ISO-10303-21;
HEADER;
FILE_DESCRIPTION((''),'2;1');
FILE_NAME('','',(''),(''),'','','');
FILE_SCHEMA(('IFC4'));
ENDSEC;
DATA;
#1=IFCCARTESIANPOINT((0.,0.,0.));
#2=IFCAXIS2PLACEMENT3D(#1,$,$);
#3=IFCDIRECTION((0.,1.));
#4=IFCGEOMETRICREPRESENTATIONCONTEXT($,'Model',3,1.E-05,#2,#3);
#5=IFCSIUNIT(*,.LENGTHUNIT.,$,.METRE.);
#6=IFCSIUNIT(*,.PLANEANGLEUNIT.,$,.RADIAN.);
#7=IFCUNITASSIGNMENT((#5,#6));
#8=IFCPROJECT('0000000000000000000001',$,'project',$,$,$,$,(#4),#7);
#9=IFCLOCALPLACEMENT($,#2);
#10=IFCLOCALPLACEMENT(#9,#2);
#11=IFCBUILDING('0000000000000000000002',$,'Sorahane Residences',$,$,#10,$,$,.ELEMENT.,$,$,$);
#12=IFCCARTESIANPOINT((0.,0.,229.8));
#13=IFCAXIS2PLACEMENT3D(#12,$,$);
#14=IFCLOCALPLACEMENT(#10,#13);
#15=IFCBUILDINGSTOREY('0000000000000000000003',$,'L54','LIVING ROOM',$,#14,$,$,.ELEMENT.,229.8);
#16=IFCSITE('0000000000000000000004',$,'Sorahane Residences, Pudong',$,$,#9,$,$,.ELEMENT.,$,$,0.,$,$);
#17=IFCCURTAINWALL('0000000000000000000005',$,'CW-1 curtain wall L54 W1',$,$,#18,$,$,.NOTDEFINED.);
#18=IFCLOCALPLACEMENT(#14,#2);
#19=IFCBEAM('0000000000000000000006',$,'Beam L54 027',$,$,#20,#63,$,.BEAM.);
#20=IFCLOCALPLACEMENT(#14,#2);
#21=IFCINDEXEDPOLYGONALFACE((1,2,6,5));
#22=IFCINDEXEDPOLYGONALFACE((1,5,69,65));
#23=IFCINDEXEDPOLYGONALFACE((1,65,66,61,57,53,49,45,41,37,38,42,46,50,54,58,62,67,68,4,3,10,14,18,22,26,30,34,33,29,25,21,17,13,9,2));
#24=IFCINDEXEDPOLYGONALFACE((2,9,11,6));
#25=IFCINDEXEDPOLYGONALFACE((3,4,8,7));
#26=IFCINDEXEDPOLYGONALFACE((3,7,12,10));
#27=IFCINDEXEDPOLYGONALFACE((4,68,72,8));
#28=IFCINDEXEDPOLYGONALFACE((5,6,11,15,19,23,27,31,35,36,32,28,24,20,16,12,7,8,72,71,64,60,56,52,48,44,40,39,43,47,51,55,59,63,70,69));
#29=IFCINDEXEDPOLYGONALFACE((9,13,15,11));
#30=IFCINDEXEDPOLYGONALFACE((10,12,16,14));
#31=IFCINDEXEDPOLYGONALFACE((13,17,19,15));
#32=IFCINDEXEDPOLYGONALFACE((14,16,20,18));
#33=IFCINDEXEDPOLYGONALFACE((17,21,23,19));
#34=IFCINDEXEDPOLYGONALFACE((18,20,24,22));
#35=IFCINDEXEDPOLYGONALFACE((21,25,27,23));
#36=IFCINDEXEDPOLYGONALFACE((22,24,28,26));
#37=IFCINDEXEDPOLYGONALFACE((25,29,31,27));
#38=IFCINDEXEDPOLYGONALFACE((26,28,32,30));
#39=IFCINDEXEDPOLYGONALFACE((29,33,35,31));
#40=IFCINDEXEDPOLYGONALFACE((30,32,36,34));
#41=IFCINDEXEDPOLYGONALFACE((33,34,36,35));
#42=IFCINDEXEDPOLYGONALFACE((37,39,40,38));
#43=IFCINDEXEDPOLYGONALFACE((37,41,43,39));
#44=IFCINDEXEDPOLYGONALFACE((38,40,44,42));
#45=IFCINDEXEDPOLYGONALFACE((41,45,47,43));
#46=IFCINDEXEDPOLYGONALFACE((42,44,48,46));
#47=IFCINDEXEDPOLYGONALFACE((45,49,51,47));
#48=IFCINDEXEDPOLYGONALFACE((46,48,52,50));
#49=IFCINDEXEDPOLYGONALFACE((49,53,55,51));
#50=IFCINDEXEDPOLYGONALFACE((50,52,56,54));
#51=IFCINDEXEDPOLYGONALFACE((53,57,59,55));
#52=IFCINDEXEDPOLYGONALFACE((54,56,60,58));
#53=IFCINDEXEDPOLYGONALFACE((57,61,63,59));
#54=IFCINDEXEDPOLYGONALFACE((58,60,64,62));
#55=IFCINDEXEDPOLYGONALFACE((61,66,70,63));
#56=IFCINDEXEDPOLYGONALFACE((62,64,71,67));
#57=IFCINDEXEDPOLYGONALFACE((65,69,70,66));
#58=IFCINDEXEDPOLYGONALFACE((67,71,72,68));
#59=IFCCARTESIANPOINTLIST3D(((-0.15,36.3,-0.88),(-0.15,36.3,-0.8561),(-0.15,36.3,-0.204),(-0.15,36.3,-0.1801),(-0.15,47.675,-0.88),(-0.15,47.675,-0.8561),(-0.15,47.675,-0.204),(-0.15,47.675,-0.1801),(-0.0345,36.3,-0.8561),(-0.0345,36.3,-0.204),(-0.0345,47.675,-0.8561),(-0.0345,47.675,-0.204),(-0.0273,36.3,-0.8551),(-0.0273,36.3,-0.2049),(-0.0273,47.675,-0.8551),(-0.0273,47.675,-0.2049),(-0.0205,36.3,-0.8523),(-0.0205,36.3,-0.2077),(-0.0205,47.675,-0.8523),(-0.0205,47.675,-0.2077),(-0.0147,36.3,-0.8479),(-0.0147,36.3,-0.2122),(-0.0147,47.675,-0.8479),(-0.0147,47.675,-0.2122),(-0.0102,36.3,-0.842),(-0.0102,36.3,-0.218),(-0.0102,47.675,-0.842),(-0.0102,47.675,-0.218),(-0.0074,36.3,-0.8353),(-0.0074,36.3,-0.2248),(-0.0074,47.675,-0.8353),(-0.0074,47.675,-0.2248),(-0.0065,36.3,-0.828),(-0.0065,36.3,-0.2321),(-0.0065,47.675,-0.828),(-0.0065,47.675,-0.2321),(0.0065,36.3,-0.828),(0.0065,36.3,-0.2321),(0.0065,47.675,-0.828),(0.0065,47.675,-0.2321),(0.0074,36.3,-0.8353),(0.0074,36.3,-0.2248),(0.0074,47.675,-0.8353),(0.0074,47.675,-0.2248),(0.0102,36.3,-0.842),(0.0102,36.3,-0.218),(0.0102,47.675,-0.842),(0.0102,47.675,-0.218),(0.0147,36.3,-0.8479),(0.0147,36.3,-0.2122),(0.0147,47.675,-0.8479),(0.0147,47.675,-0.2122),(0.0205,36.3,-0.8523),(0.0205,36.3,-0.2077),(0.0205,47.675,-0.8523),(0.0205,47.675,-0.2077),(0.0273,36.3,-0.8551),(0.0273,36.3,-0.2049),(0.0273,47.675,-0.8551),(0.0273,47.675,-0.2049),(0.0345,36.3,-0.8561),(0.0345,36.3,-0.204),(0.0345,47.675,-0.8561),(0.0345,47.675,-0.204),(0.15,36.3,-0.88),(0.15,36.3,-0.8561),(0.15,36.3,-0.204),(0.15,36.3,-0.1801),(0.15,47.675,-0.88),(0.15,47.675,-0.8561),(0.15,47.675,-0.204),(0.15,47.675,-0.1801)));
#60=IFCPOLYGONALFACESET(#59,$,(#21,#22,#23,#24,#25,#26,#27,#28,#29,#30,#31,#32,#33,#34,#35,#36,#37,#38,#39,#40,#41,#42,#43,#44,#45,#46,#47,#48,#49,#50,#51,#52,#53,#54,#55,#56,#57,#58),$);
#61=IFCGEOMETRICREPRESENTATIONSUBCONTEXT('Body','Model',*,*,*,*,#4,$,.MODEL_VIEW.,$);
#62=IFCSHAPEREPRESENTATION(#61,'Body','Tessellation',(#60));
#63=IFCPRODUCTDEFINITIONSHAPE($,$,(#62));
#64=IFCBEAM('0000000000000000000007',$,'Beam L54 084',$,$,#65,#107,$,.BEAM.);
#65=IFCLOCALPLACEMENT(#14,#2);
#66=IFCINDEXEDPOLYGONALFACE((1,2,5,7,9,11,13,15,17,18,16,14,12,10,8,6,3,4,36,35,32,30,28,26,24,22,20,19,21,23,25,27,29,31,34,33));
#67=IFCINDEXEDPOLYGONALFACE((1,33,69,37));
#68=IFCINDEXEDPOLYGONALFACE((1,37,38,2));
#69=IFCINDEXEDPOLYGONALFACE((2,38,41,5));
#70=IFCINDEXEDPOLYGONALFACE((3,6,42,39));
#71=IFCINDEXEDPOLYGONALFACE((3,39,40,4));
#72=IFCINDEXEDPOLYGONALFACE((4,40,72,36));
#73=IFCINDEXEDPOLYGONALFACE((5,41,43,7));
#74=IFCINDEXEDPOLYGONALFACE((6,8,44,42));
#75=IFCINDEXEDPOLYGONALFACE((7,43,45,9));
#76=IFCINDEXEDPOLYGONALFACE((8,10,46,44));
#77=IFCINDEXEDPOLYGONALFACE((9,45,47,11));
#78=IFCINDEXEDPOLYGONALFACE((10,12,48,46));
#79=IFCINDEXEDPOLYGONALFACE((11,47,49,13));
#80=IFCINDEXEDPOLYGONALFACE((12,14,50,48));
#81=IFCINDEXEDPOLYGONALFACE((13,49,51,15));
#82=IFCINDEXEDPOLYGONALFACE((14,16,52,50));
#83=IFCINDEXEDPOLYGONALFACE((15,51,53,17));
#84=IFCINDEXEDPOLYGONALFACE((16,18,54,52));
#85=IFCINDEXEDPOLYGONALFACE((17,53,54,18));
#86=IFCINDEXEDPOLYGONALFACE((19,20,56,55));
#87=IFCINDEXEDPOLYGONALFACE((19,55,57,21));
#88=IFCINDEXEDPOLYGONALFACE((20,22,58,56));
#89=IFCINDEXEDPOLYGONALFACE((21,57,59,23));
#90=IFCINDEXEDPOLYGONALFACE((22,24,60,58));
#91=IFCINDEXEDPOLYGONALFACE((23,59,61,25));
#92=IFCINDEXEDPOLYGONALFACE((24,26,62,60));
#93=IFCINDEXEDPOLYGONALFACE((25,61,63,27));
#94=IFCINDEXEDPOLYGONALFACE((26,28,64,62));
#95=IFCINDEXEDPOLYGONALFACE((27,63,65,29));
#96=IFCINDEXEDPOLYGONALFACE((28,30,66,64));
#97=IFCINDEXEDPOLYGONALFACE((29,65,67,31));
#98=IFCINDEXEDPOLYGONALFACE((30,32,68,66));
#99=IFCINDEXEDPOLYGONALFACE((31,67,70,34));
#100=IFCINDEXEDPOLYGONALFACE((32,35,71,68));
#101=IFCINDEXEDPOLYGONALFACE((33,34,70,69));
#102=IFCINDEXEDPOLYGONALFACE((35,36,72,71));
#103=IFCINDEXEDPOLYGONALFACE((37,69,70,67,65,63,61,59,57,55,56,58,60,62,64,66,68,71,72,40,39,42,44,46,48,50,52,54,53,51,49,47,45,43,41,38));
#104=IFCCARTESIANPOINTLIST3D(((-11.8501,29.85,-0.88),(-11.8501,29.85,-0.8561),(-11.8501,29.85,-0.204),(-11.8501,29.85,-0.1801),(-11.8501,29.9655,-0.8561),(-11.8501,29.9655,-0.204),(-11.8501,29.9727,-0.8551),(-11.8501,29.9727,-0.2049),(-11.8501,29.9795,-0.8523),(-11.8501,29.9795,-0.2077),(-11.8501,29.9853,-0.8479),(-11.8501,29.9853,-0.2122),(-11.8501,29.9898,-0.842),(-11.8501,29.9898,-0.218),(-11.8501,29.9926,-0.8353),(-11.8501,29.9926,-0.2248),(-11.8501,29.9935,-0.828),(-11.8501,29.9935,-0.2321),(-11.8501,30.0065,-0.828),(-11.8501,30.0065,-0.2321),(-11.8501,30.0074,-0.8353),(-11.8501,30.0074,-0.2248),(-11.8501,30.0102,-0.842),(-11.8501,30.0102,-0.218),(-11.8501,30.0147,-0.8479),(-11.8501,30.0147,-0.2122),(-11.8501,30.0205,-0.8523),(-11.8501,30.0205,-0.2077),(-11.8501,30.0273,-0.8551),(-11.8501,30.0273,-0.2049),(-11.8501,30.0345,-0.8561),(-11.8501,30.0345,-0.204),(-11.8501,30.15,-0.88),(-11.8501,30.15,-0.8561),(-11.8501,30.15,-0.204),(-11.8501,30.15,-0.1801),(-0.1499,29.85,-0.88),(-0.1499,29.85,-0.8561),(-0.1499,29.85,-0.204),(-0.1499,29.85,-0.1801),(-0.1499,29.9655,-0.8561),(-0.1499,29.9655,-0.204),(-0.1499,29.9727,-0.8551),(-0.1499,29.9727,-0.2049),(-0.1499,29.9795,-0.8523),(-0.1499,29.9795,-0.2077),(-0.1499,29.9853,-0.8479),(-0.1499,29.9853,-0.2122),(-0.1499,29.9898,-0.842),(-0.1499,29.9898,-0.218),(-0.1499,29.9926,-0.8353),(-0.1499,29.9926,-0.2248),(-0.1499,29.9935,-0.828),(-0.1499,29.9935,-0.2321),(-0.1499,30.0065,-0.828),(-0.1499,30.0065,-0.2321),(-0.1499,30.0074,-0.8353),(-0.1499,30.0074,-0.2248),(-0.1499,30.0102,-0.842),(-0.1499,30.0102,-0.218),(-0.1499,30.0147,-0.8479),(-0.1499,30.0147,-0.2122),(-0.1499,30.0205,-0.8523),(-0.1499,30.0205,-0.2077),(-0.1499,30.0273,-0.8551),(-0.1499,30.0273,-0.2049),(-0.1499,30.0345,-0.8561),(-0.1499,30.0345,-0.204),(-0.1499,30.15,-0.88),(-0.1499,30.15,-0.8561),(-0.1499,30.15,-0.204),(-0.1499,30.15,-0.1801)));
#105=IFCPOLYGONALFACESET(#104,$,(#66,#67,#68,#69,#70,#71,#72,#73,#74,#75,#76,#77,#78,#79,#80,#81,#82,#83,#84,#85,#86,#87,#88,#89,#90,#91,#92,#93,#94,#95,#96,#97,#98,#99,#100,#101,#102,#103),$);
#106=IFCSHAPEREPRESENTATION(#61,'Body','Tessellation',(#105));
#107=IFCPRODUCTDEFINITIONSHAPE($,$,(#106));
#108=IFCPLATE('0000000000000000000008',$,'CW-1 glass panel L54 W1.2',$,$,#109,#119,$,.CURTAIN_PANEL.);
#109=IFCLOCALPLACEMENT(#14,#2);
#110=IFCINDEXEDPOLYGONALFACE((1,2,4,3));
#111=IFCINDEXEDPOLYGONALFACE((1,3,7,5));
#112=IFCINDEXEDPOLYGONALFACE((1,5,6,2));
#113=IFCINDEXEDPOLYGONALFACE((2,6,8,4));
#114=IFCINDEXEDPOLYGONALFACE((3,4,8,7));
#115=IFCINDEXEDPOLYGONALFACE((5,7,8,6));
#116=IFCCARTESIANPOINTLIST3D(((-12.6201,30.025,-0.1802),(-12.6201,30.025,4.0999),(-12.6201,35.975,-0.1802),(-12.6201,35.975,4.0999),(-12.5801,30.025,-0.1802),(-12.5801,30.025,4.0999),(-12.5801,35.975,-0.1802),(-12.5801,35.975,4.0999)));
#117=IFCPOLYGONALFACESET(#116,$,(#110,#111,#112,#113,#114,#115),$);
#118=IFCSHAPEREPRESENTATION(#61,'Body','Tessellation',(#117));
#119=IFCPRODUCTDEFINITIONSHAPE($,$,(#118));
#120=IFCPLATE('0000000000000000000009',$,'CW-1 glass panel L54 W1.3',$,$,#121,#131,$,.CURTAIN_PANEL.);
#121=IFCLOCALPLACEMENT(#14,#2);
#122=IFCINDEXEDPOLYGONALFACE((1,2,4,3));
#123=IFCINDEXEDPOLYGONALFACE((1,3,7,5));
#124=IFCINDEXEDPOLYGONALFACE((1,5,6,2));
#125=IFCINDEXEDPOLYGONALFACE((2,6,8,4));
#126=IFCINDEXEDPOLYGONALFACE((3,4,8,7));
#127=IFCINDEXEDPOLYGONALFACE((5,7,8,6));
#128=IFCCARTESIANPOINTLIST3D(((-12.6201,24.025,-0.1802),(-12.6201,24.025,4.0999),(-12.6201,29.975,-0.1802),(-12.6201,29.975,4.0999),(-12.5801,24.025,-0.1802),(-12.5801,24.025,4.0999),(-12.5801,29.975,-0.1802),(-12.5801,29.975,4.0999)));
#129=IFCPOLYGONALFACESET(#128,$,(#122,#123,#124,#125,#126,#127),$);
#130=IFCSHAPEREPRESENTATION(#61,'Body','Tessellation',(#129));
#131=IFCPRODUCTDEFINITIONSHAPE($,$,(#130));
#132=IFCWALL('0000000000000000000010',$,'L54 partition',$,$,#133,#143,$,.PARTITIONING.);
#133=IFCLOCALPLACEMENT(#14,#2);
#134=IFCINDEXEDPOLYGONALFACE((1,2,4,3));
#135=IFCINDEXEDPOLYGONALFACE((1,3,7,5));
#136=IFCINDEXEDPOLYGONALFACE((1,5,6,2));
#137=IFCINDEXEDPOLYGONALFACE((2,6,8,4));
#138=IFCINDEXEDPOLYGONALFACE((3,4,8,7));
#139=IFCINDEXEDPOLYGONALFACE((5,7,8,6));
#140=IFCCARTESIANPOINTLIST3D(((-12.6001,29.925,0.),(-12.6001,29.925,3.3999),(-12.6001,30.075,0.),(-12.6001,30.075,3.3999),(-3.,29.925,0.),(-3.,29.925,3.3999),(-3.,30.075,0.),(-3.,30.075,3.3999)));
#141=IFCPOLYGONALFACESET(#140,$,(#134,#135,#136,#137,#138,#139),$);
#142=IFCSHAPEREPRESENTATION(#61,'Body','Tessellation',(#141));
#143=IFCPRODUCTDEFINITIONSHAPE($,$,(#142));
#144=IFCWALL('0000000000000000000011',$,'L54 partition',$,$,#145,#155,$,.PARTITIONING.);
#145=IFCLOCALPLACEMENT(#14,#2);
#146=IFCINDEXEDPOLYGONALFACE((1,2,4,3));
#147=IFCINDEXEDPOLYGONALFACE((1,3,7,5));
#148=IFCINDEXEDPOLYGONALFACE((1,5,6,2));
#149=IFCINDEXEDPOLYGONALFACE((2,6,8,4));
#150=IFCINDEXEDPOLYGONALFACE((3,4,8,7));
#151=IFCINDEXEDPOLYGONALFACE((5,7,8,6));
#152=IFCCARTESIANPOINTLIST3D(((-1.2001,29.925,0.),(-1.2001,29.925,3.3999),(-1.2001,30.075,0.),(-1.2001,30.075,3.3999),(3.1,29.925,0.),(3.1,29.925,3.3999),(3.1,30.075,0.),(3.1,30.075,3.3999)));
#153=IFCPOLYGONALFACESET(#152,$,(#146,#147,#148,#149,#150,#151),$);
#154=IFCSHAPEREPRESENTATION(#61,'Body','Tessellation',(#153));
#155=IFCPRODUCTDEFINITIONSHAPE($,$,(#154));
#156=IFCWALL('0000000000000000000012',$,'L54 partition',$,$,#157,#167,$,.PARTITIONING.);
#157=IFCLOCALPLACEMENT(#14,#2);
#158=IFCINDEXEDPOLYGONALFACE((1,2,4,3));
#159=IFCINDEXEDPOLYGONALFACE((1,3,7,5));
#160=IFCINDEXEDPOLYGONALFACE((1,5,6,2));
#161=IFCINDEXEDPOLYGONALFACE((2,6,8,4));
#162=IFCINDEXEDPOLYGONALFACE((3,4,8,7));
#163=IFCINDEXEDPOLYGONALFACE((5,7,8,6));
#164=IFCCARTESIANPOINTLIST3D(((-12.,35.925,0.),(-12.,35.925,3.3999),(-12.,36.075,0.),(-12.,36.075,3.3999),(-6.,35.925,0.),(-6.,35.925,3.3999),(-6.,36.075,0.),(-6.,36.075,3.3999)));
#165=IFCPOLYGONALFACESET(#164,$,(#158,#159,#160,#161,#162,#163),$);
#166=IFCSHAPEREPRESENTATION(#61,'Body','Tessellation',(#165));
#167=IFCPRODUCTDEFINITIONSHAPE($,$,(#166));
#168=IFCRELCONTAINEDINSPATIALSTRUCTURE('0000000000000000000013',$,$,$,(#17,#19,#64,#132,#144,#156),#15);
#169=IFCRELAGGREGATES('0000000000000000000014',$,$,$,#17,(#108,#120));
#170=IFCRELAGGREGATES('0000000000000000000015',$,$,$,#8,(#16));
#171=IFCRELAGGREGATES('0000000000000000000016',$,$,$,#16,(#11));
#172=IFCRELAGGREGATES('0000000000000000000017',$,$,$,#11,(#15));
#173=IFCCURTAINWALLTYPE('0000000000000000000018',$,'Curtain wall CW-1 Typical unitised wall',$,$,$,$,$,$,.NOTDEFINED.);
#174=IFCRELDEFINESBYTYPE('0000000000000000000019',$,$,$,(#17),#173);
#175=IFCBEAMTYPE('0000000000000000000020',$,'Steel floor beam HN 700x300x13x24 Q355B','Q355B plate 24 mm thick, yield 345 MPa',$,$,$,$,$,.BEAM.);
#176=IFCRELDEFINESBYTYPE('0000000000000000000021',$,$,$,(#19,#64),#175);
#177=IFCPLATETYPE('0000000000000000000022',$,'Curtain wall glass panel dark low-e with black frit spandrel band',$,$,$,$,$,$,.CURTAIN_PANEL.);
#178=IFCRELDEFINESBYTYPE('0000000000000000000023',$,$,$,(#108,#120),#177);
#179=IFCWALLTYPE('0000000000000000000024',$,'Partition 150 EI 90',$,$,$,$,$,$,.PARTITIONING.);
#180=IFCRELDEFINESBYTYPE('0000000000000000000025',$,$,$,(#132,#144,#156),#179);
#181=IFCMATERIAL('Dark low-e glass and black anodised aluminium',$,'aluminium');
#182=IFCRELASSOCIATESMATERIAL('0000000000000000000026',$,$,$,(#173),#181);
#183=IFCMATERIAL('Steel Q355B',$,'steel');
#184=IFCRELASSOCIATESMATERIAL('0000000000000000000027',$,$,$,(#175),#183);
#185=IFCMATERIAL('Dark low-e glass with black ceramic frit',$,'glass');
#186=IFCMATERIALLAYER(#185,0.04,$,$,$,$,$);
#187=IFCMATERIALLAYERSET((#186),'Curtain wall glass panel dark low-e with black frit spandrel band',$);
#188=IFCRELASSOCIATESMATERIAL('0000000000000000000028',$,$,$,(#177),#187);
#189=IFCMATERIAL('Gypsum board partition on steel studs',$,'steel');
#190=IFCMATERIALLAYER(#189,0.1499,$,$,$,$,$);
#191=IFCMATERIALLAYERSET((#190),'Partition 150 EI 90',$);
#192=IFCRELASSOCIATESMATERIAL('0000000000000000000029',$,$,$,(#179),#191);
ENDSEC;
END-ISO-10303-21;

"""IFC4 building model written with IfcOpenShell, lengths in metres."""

from ifc_helpers import new_model, si_unit, direction, frame, frame_2d, origin, origin_2d, place, context, subcontext, project, spatial, rectangle, i_section, extrude, material, layer, layer_set, material_profile, profile_set, type_object, element, aggregate, save


model = new_model("IFC4")

# Units and contexts
model_context = context("Model", 3, precision=1e-05, world=origin(), true_north=direction((0.0, 1.0)))
body_context = subcontext(model_context, "Body", "Model", "MODEL_VIEW")
ifc_project = project(units=[si_unit("LENGTHUNIT", "METRE"), si_unit("PLANEANGLEUNIT", "RADIAN")], contexts=[model_context])

# Site, building, storey
site_placement = place(None, origin())
site = spatial("IfcSite", under=ifc_project, at=site_placement, Name="Sorahane Residences, Pudong", CompositionType="ELEMENT", RefElevation=0.0)
building_placement = place(site_placement, origin())
building = spatial("IfcBuilding", under=site, at=building_placement, Name="Sorahane Residences", CompositionType="ELEMENT")
storey_placement = place(building_placement, frame((0.0, 0.0, 229.8)))
storey = spatial("IfcBuildingStorey", under=building, at=storey_placement, Name="L54", Description="LIVING ROOM", CompositionType="ELEMENT", Elevation=229.8)

# Curtain wall
ifc_material_1 = material(Name="Dark low-e glass and black anodised aluminium", Category="aluminium")
curtain_wall_type = type_object("IfcCurtainWallType", Name="Curtain wall CW-1 Typical unitised wall", PredefinedType="NOTDEFINED", material=ifc_material_1)
curtain_wall_placement = place(storey_placement, origin())
curtain_wall = element("IfcCurtainWall", 1, at=curtain_wall_placement, inside=storey, type_object=curtain_wall_type, Name="CW-1 curtain wall L54 W1", PredefinedType="NOTDEFINED")

# Beams
ifc_material_2 = material(Name="Steel Q355B", Category="steel")
ifc_material_profile_1 = material_profile(ifc_material_2, i_section(OverallWidth=0.3, OverallDepth=0.7, WebThickness=0.0129, FlangeThickness=0.0239, FilletRadius=0.0281, at=origin_2d()), Name="HN 700x300x13x24")
ifc_profile_set_1 = profile_set([ifc_material_profile_1], Name="Steel Q355B")
beam_type_1 = type_object("IfcBeamType", Name="Steel floor beam HN 700x300x13x24 Q355B", Description="Q355B plate 24 mm thick, yield 345 MPa", PredefinedType="BEAM", material=ifc_profile_set_1)
beam_1_placement = place(storey_placement, frame((0.0, 36.3, -0.53), z_axis=(0.0, 1.0, 0.0), x_axis=(-1.0, 0.0, 0.0)))
element("IfcBeam", 2, at=beam_1_placement, inside=storey, type_object=beam_type_1, Name="Beam L54 027", PredefinedType="BEAM", context=body_context, shape_type="SweptSolid", body=[
    extrude(i_section(OverallWidth=0.3, OverallDepth=0.7, WebThickness=0.0129, FlangeThickness=0.0239, FilletRadius=0.0281, at=origin_2d()), origin(), (0.0, 0.0, 1.0), 11.375),
])
beam_2_placement = place(storey_placement, frame((-11.8501, 30.0, -0.53), z_axis=(1.0, 0.0, 0.0), x_axis=(0.0, 1.0, 0.0)))
element("IfcBeam", 3, at=beam_2_placement, inside=storey, type_object=beam_type_1, Name="Beam L54 084", PredefinedType="BEAM", context=body_context, shape_type="SweptSolid", body=[
    extrude(i_section(OverallWidth=0.3, OverallDepth=0.7, WebThickness=0.0129, FlangeThickness=0.0239, FilletRadius=0.0281, at=origin_2d()), origin(), (0.0, 0.0, 1.0), 11.7002),
])

# Plates
ifc_material_3 = material(Name="Dark low-e glass with black ceramic frit", Category="glass")
ifc_layer_1 = layer(ifc_material_3, 0.04)
ifc_layer_set_1 = layer_set([ifc_layer_1], Name="Curtain wall glass panel dark low-e with black frit spandrel band")
plate_type = type_object("IfcPlateType", Name="Curtain wall glass panel dark low-e with black frit spandrel band", PredefinedType="CURTAIN_PANEL", material=ifc_layer_set_1)
plate_1_placement = place(storey_placement, frame((-12.6001, 33.0, -0.1802), z_axis=(0.0, 0.0, 1.0), x_axis=(0.0, -1.0, 0.0)))
plate_1 = element("IfcPlate", 4, at=plate_1_placement, type_object=plate_type, Name="CW-1 glass panel L54 W1.2", PredefinedType="CURTAIN_PANEL", context=body_context, shape_type="SweptSolid", body=[
    extrude(rectangle(XDim=5.95, YDim=0.04, at=origin_2d()), origin(), (0.0, 0.0, 1.0), 4.28),
])
plate_2_placement = place(storey_placement, frame((-12.6001, 27.0, -0.1802), z_axis=(0.0, 0.0, 1.0), x_axis=(0.0, -1.0, 0.0)))
plate_2 = element("IfcPlate", 5, at=plate_2_placement, type_object=plate_type, Name="CW-1 glass panel L54 W1.3", PredefinedType="CURTAIN_PANEL", context=body_context, shape_type="SweptSolid", body=[
    extrude(rectangle(XDim=5.95, YDim=0.04, at=origin_2d()), origin(), (0.0, 0.0, 1.0), 4.28),
])
aggregate(curtain_wall, [plate_1, plate_2])

# Walls
ifc_material_4 = material(Name="Gypsum board partition on steel studs", Category="steel")
ifc_layer_2 = layer(ifc_material_4, 0.1499)
ifc_layer_set_2 = layer_set([ifc_layer_2], Name="Partition 150 EI 90")
wall_type_1 = type_object("IfcWallType", Name="Partition 150 EI 90", PredefinedType="PARTITIONING", material=ifc_layer_set_2)
wall_1_placement = place(storey_placement, frame((-12.6001, 30.0, 0.0), z_axis=(0.0, 0.0, 1.0), x_axis=(1.0, 0.0, 0.0)))
element("IfcWall", 6, at=wall_1_placement, inside=storey, type_object=wall_type_1, Name="L54 partition", PredefinedType="PARTITIONING", context=body_context, shape_type="SweptSolid", body=[
    extrude(rectangle(XDim=9.6001, YDim=0.1499, at=frame_2d((4.8, 0.0))), origin(), (0.0, 0.0, 1.0), 3.3999),
])
wall_2_placement = place(storey_placement, frame((-1.2, 30.0, 0.0), z_axis=(0.0, 0.0, 1.0), x_axis=(1.0, 0.0, 0.0)))
element("IfcWall", 7, at=wall_2_placement, inside=storey, type_object=wall_type_1, Name="L54 partition", PredefinedType="PARTITIONING", context=body_context, shape_type="SweptSolid", body=[
    extrude(rectangle(XDim=4.3, YDim=0.1499, at=frame_2d((2.1499, 0.0))), origin(), (0.0, 0.0, 1.0), 3.3999),
])
wall_3_placement = place(storey_placement, frame((-12.0, 36.0, 0.0), z_axis=(0.0, 0.0, 1.0), x_axis=(1.0, 0.0, 0.0)))
element("IfcWall", 8, at=wall_3_placement, inside=storey, type_object=wall_type_1, Name="L54 partition", PredefinedType="PARTITIONING", context=body_context, shape_type="SweptSolid", body=[
    extrude(rectangle(XDim=6.0, YDim=0.1499, at=frame_2d((3.0, 0.0))), origin(), (0.0, 0.0, 1.0), 3.3999),
])

save(model, "model.ifc")
